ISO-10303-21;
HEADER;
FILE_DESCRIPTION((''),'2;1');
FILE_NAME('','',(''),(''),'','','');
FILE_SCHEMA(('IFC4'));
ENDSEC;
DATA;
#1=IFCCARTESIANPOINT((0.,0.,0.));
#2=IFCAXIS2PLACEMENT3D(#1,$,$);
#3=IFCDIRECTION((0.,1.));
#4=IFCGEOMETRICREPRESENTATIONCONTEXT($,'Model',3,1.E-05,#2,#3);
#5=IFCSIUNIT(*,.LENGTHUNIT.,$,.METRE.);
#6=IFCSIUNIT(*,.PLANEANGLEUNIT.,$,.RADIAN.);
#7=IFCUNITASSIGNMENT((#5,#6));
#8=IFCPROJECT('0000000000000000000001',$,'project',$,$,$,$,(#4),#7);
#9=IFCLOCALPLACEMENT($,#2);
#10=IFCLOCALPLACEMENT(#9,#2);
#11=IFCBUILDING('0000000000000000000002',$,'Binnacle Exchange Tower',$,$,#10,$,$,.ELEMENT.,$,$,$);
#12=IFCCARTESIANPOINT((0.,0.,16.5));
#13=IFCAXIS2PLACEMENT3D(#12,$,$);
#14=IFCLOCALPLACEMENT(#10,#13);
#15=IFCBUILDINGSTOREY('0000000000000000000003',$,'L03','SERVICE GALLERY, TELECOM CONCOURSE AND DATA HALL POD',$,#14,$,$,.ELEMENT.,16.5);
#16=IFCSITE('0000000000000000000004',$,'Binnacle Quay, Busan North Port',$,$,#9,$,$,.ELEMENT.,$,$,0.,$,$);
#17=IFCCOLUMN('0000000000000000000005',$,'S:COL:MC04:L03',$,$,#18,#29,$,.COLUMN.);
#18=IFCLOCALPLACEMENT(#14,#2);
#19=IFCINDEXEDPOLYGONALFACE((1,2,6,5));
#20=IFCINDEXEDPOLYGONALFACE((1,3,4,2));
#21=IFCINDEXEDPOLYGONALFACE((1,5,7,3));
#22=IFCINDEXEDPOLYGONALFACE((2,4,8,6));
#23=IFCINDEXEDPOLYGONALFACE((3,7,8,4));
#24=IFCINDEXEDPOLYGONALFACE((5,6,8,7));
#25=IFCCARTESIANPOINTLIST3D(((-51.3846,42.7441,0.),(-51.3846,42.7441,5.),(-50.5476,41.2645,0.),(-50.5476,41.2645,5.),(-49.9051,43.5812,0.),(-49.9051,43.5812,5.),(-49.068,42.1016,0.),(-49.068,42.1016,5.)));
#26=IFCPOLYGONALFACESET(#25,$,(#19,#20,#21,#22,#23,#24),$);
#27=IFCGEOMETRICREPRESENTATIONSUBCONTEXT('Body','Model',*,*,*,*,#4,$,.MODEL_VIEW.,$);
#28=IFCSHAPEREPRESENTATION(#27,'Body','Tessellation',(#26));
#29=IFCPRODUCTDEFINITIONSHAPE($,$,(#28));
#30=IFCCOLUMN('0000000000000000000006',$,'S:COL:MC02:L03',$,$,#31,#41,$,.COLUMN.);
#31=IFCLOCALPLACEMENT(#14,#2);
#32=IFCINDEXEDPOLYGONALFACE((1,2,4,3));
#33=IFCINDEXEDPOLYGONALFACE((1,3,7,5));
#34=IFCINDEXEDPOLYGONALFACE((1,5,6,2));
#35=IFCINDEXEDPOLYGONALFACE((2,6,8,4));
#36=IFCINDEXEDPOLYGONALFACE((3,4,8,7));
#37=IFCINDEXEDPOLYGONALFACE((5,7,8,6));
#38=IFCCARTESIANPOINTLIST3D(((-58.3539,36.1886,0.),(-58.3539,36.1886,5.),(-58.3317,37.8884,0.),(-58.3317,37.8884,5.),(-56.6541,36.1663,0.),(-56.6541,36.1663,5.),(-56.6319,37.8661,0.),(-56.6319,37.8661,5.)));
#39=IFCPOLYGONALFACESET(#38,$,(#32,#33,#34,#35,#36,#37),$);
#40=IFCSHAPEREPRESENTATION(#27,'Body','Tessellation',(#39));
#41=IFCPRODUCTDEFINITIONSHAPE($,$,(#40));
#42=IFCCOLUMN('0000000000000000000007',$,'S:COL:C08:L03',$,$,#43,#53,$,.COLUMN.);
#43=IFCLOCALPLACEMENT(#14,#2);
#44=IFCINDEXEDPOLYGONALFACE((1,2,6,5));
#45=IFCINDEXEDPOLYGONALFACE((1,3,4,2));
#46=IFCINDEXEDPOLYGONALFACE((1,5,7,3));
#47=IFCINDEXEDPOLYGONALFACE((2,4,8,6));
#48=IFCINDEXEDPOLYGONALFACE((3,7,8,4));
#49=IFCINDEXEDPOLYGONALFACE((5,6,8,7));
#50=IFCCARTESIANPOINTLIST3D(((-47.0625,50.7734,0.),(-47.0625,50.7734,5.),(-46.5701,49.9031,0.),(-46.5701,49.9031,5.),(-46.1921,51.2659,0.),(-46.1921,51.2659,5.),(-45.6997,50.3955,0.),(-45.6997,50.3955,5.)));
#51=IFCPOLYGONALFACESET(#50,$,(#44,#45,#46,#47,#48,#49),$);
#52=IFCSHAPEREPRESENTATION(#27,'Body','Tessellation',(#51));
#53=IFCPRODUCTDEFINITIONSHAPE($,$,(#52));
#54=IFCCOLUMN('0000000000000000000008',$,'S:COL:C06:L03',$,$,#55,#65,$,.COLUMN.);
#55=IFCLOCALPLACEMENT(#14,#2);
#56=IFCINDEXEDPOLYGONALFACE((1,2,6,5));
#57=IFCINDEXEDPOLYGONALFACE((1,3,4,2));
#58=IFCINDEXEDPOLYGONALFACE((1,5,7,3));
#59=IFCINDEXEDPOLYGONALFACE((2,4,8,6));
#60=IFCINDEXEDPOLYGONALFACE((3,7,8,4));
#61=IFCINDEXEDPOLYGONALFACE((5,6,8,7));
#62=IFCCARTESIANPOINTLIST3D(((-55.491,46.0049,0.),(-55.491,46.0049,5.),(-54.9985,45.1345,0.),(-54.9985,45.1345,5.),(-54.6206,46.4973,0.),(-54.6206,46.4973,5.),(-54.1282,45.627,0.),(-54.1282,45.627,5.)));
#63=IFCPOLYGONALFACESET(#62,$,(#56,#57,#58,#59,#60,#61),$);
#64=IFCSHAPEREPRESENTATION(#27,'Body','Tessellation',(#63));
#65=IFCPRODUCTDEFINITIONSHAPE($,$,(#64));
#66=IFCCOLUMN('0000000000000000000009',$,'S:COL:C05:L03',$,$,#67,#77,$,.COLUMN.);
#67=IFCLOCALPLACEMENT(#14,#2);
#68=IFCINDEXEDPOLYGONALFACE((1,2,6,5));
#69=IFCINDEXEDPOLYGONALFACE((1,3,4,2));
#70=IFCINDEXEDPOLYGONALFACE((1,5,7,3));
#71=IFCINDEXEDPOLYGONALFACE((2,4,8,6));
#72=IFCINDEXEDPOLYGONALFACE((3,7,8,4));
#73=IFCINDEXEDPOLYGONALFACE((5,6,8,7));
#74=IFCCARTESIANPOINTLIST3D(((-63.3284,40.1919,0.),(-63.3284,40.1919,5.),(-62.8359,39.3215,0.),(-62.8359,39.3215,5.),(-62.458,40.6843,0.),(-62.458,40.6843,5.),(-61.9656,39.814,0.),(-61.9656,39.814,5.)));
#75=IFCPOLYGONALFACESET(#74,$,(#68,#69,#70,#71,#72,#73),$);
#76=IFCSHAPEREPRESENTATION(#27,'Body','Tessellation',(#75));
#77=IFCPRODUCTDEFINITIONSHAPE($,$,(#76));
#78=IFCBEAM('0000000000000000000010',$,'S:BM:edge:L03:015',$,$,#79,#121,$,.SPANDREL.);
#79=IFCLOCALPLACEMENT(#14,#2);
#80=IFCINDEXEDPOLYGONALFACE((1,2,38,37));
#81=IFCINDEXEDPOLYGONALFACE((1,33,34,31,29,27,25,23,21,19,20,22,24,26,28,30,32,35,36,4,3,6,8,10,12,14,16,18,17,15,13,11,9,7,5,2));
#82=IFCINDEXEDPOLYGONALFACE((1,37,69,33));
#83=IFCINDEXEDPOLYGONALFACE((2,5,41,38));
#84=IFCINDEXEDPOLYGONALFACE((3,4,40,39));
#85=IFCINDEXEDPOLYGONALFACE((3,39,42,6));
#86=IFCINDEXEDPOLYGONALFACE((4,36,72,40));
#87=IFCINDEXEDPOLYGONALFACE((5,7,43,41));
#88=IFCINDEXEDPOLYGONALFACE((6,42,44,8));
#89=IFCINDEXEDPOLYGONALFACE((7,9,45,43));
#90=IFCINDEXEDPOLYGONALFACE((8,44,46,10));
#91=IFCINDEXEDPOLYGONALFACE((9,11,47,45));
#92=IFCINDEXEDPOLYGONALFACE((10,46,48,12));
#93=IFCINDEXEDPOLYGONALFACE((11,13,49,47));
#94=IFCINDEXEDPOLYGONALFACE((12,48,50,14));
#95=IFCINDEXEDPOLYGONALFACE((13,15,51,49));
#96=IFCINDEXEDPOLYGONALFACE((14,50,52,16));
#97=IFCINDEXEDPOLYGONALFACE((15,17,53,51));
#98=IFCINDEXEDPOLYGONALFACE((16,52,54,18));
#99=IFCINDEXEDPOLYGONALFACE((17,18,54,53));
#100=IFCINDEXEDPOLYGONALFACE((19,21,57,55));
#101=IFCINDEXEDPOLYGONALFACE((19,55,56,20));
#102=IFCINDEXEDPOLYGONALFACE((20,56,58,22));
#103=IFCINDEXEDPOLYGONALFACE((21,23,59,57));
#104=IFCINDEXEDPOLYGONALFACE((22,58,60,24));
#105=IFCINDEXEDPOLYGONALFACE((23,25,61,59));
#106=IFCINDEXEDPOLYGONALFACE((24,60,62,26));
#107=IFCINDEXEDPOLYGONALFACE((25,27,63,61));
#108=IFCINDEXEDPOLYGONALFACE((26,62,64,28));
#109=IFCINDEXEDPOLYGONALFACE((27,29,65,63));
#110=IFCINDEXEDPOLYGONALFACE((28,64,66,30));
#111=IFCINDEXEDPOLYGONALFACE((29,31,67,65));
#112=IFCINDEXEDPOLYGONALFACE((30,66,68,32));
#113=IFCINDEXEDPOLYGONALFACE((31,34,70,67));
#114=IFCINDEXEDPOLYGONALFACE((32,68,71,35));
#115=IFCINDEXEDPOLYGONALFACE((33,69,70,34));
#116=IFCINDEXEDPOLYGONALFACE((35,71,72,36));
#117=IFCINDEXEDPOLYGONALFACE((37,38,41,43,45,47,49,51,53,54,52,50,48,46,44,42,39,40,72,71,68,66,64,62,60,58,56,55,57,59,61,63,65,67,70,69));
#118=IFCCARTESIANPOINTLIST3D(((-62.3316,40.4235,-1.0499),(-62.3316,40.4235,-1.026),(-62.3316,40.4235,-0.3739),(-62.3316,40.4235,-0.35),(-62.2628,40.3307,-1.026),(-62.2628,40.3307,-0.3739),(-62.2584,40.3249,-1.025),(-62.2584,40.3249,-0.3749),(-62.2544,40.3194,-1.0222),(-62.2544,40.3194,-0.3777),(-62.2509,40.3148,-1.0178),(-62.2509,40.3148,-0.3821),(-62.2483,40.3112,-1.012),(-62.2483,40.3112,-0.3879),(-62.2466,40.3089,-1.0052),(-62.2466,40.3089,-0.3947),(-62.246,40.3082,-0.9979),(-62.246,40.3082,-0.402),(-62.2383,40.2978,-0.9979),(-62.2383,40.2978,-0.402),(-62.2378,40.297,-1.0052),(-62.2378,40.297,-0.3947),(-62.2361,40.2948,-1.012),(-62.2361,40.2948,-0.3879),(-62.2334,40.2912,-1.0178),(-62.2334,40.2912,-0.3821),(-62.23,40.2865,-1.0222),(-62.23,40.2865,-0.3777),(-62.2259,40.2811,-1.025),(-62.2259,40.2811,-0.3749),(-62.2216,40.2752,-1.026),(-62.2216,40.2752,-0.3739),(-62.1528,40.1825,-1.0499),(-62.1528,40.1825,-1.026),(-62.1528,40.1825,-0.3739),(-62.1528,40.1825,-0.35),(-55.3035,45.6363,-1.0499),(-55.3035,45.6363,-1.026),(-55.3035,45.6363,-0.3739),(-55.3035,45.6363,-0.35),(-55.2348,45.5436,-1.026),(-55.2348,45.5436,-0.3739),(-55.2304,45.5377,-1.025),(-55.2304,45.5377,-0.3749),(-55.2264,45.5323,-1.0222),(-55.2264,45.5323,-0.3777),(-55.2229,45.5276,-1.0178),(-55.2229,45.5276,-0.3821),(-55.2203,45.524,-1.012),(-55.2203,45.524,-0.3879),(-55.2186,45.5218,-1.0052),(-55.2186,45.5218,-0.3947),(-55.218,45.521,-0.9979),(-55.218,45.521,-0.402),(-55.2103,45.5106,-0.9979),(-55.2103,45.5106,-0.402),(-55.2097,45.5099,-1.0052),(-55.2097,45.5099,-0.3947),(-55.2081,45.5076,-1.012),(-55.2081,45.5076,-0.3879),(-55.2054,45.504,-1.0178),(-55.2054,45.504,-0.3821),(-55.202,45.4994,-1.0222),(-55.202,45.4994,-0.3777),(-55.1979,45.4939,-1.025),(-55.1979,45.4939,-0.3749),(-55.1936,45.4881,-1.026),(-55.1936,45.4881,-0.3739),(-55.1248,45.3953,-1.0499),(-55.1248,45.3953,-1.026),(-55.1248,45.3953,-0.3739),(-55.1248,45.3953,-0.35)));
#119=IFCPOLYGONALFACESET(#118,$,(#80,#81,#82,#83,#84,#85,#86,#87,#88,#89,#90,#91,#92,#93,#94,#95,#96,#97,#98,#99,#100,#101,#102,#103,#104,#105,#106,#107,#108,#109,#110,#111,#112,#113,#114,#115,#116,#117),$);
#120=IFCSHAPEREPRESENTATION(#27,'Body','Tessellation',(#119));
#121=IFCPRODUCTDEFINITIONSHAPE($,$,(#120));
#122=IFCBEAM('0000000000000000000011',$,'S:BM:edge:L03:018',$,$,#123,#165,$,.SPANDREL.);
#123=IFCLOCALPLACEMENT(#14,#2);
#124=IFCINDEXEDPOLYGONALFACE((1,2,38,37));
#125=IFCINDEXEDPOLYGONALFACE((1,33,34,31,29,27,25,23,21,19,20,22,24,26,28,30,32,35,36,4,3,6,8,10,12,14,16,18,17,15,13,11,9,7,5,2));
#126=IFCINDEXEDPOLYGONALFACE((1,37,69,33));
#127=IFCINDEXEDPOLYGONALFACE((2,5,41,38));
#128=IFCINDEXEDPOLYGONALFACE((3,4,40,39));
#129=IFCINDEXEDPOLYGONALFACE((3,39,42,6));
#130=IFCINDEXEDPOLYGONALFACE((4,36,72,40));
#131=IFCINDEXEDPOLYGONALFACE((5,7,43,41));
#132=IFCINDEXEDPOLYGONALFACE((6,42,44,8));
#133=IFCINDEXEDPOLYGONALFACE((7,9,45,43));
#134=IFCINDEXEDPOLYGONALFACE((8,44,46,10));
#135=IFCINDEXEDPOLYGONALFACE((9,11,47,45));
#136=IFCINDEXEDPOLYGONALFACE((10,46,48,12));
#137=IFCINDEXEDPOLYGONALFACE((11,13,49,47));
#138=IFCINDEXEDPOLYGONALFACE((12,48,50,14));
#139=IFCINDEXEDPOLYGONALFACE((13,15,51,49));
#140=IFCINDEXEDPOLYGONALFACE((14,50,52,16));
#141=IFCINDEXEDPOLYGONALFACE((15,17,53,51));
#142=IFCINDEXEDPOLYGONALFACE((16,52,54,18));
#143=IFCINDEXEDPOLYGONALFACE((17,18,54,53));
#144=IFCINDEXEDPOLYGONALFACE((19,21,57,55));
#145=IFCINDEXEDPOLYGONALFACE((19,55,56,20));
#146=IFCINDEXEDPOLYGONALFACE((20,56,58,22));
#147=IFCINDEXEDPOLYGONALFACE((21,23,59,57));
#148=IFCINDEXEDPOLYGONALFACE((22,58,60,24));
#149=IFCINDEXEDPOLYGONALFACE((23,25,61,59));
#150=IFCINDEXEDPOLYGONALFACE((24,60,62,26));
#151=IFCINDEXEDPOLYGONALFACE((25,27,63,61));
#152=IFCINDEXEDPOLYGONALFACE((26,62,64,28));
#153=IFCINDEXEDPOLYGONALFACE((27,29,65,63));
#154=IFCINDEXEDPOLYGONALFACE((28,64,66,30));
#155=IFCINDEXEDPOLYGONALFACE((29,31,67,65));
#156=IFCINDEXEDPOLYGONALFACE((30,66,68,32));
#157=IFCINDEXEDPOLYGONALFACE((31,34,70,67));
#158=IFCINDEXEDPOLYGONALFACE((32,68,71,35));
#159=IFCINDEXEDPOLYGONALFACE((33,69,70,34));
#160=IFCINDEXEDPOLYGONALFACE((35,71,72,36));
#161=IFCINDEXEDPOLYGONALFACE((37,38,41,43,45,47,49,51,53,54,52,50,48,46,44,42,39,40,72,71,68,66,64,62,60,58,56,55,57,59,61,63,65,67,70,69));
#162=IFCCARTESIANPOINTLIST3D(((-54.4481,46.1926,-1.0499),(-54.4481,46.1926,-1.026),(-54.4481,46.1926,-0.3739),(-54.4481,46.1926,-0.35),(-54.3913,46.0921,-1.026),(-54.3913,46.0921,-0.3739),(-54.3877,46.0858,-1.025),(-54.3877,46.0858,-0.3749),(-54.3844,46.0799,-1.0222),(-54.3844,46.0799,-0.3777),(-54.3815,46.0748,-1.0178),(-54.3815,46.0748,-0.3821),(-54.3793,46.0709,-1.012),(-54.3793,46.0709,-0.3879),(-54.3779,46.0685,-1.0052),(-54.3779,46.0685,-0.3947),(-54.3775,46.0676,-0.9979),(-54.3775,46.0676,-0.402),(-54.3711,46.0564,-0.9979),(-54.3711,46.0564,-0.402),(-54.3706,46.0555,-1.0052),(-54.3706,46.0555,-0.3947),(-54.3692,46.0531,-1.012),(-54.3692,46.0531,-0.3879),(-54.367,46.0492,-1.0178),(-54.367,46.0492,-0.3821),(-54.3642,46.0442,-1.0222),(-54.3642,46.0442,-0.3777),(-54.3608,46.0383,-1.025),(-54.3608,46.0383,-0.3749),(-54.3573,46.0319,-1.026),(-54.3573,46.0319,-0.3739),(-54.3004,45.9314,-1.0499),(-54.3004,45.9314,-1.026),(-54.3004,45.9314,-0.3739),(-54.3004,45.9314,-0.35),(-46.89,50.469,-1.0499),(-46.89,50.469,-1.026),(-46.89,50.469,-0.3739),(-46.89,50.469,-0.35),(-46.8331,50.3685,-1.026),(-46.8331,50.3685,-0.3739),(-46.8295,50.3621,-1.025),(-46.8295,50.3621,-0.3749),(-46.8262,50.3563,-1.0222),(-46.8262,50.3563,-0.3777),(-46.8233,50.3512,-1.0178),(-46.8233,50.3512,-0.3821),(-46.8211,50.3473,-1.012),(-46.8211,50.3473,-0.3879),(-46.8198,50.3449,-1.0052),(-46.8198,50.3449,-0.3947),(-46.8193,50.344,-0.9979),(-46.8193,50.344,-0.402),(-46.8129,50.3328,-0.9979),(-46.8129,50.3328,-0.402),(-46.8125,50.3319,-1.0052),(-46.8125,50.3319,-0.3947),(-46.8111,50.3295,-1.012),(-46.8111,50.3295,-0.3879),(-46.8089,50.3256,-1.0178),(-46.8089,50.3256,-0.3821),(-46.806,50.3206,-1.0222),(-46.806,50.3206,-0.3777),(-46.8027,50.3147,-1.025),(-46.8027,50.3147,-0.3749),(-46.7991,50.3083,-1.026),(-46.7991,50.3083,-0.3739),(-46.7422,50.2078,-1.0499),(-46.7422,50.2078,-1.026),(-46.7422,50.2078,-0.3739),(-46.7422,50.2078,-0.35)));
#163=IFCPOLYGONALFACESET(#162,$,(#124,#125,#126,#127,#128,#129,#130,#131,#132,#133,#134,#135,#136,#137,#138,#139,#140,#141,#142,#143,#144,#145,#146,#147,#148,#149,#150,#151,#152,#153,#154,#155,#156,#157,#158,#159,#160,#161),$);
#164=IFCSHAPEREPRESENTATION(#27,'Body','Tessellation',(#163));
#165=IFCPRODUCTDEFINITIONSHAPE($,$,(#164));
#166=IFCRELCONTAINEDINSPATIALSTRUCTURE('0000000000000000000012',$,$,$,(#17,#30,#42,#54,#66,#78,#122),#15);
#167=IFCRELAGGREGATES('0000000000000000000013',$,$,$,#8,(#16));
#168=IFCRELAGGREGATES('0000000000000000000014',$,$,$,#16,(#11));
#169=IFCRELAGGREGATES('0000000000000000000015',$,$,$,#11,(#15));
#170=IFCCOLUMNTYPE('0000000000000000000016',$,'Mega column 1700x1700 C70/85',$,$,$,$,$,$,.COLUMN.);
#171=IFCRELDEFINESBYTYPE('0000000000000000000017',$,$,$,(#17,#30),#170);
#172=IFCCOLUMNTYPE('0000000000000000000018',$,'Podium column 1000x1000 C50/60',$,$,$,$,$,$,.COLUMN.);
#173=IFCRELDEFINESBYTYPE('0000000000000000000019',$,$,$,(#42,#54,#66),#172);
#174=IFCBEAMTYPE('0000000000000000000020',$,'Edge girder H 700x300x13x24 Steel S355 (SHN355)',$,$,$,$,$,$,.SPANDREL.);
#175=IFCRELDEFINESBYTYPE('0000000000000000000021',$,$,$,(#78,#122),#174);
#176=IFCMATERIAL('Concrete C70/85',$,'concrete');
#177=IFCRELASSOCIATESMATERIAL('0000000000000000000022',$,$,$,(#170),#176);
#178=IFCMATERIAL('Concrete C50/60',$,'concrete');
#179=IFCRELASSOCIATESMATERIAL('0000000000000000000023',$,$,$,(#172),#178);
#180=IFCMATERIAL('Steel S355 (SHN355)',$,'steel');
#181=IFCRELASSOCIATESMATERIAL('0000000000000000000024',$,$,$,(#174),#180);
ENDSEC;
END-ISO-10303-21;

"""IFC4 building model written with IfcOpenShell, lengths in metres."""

from ifc_helpers import new_model, si_unit, direction, frame, origin, origin_2d, place, context, subcontext, project, spatial, rectangle, i_section, extrude, material, material_profile, profile_set, type_object, element, save


model = new_model("IFC4")

# Units and contexts
model_context = context("Model", 3, precision=1e-05, world=origin(), true_north=direction((0.0, 1.0)))
body_context = subcontext(model_context, "Body", "Model", "MODEL_VIEW")
ifc_project = project(units=[si_unit("LENGTHUNIT", "METRE"), si_unit("PLANEANGLEUNIT", "RADIAN")], contexts=[model_context])

# Site, building, storey
site_placement = place(None, origin())
site = spatial("IfcSite", under=ifc_project, at=site_placement, Name="Binnacle Quay, Busan North Port", CompositionType="ELEMENT", RefElevation=0.0)
building_placement = place(site_placement, origin())
building = spatial("IfcBuilding", under=site, at=building_placement, Name="Binnacle Exchange Tower", CompositionType="ELEMENT")
storey_placement = place(building_placement, frame((0.0, 0.0, 16.5)))
storey = spatial("IfcBuildingStorey", under=building, at=storey_placement, Name="L03", Description="SERVICE GALLERY, TELECOM CONCOURSE AND DATA HALL POD", CompositionType="ELEMENT", Elevation=16.5)

# Columns
ifc_material_1 = material(Name="Concrete C70/85", Category="concrete")
ifc_material_profile_1 = material_profile(ifc_material_1, rectangle(XDim=1.7, YDim=1.7, at=origin_2d()), Name="Mega column 1700x1700 C70/85")
ifc_profile_set_1 = profile_set([ifc_material_profile_1], Name="Concrete C70/85")
column_type_1 = type_object("IfcColumnType", Name="Mega column 1700x1700 C70/85", PredefinedType="COLUMN", material=ifc_profile_set_1)
for number, where, z_axis, x_axis, name in (
    (1, (-50.2263, 42.4229, 0.0), (0.0, 0.0, 1.0), (-0.870356, -0.492424, 0.0), "S:COL:MC04:L03"),
    (2, (-57.4929, 37.0273, 0.0), (0.0, 0.0, 1.0), (-0.01309, -0.999914, 0.0), "S:COL:MC02:L03"),
):
    element("IfcColumn", number, at=place(storey_placement, frame(where, z_axis=z_axis, x_axis=x_axis)), inside=storey, type_object=column_type_1, Name=name, PredefinedType="COLUMN", context=body_context, shape_type="SweptSolid", body=[
        extrude(rectangle(XDim=1.7, YDim=1.7, at=origin_2d()), origin(), (0.0, 0.0, 1.0), 5.0),
    ])
ifc_material_2 = material(Name="Concrete C50/60", Category="concrete")
ifc_material_profile_2 = material_profile(ifc_material_2, rectangle(XDim=1.0, YDim=1.0, at=origin_2d()), Name="Podium column 1000x1000 C50/60")
ifc_profile_set_2 = profile_set([ifc_material_profile_2], Name="Concrete C50/60")
column_type_2 = type_object("IfcColumnType", Name="Podium column 1000x1000 C50/60", PredefinedType="COLUMN", material=ifc_profile_set_2)
for number, where, z_axis, x_axis, name in (
    (3, (-46.3811, 50.5845, 0.0), (0.0, 0.0, 1.0), (-0.870356, -0.492424, 0.0), "S:COL:C08:L03"),
    (4, (-54.8096, 45.8159, 0.0), (0.0, 0.0, 1.0), (-0.870356, -0.492424, 0.0), "S:COL:C06:L03"),
    (5, (-62.647, 40.0029, 0.0), (0.0, 0.0, 1.0), (-0.870356, -0.492424, 0.0), "S:COL:C05:L03"),
):
    element("IfcColumn", number, at=place(storey_placement, frame(where, z_axis=z_axis, x_axis=x_axis)), inside=storey, type_object=column_type_2, Name=name, PredefinedType="COLUMN", context=body_context, shape_type="SweptSolid", body=[
        extrude(rectangle(XDim=1.0, YDim=1.0, at=origin_2d()), origin(), (0.0, 0.0, 1.0), 5.0),
    ])

# Beams
ifc_material_3 = material(Name="Steel S355 (SHN355)", Category="steel")
ifc_material_profile_3 = material_profile(ifc_material_3, i_section(OverallWidth=0.3, OverallDepth=0.7, WebThickness=0.0129, FlangeThickness=0.0239, FilletRadius=0.0281, at=origin_2d()), Name="H 700x300x13x24")
ifc_profile_set_3 = profile_set([ifc_material_profile_3], Name="Steel S355 (SHN355)")
beam_type_1 = type_object("IfcBeamType", Name="Edge girder H 700x300x13x24 Steel S355 (SHN355)", PredefinedType="SPANDREL", material=ifc_profile_set_3)
beam_1_placement = place(storey_placement, frame((-62.2422, 40.303, -0.7), z_axis=(0.803179, 0.595737, 0.0), x_axis=(-0.595737, 0.803179, 0.0)))
element("IfcBeam", 6, at=beam_1_placement, inside=storey, type_object=beam_type_1, Name="S:BM:edge:L03:015", PredefinedType="SPANDREL", context=body_context, shape_type="SweptSolid", body=[
    extrude(i_section(OverallWidth=0.3, OverallDepth=0.7, WebThickness=0.0129, FlangeThickness=0.0239, FilletRadius=0.0281, at=origin_2d()), origin(), (0.0, 0.0, 1.0), 8.7502),
])
beam_2_placement = place(storey_placement, frame((-54.3743, 46.062, -0.7), z_axis=(0.870346, 0.492441, 0.0), x_axis=(-0.492441, 0.870346, 0.0)))
element("IfcBeam", 7, at=beam_2_placement, inside=storey, type_object=beam_type_1, Name="S:BM:edge:L03:018", PredefinedType="SPANDREL", context=body_context, shape_type="SweptSolid", body=[
    extrude(i_section(OverallWidth=0.3, OverallDepth=0.7, WebThickness=0.0129, FlangeThickness=0.0239, FilletRadius=0.0281, at=origin_2d()), origin(), (0.0, 0.0, 1.0), 8.6841),
])

save(model, "model.ifc")
